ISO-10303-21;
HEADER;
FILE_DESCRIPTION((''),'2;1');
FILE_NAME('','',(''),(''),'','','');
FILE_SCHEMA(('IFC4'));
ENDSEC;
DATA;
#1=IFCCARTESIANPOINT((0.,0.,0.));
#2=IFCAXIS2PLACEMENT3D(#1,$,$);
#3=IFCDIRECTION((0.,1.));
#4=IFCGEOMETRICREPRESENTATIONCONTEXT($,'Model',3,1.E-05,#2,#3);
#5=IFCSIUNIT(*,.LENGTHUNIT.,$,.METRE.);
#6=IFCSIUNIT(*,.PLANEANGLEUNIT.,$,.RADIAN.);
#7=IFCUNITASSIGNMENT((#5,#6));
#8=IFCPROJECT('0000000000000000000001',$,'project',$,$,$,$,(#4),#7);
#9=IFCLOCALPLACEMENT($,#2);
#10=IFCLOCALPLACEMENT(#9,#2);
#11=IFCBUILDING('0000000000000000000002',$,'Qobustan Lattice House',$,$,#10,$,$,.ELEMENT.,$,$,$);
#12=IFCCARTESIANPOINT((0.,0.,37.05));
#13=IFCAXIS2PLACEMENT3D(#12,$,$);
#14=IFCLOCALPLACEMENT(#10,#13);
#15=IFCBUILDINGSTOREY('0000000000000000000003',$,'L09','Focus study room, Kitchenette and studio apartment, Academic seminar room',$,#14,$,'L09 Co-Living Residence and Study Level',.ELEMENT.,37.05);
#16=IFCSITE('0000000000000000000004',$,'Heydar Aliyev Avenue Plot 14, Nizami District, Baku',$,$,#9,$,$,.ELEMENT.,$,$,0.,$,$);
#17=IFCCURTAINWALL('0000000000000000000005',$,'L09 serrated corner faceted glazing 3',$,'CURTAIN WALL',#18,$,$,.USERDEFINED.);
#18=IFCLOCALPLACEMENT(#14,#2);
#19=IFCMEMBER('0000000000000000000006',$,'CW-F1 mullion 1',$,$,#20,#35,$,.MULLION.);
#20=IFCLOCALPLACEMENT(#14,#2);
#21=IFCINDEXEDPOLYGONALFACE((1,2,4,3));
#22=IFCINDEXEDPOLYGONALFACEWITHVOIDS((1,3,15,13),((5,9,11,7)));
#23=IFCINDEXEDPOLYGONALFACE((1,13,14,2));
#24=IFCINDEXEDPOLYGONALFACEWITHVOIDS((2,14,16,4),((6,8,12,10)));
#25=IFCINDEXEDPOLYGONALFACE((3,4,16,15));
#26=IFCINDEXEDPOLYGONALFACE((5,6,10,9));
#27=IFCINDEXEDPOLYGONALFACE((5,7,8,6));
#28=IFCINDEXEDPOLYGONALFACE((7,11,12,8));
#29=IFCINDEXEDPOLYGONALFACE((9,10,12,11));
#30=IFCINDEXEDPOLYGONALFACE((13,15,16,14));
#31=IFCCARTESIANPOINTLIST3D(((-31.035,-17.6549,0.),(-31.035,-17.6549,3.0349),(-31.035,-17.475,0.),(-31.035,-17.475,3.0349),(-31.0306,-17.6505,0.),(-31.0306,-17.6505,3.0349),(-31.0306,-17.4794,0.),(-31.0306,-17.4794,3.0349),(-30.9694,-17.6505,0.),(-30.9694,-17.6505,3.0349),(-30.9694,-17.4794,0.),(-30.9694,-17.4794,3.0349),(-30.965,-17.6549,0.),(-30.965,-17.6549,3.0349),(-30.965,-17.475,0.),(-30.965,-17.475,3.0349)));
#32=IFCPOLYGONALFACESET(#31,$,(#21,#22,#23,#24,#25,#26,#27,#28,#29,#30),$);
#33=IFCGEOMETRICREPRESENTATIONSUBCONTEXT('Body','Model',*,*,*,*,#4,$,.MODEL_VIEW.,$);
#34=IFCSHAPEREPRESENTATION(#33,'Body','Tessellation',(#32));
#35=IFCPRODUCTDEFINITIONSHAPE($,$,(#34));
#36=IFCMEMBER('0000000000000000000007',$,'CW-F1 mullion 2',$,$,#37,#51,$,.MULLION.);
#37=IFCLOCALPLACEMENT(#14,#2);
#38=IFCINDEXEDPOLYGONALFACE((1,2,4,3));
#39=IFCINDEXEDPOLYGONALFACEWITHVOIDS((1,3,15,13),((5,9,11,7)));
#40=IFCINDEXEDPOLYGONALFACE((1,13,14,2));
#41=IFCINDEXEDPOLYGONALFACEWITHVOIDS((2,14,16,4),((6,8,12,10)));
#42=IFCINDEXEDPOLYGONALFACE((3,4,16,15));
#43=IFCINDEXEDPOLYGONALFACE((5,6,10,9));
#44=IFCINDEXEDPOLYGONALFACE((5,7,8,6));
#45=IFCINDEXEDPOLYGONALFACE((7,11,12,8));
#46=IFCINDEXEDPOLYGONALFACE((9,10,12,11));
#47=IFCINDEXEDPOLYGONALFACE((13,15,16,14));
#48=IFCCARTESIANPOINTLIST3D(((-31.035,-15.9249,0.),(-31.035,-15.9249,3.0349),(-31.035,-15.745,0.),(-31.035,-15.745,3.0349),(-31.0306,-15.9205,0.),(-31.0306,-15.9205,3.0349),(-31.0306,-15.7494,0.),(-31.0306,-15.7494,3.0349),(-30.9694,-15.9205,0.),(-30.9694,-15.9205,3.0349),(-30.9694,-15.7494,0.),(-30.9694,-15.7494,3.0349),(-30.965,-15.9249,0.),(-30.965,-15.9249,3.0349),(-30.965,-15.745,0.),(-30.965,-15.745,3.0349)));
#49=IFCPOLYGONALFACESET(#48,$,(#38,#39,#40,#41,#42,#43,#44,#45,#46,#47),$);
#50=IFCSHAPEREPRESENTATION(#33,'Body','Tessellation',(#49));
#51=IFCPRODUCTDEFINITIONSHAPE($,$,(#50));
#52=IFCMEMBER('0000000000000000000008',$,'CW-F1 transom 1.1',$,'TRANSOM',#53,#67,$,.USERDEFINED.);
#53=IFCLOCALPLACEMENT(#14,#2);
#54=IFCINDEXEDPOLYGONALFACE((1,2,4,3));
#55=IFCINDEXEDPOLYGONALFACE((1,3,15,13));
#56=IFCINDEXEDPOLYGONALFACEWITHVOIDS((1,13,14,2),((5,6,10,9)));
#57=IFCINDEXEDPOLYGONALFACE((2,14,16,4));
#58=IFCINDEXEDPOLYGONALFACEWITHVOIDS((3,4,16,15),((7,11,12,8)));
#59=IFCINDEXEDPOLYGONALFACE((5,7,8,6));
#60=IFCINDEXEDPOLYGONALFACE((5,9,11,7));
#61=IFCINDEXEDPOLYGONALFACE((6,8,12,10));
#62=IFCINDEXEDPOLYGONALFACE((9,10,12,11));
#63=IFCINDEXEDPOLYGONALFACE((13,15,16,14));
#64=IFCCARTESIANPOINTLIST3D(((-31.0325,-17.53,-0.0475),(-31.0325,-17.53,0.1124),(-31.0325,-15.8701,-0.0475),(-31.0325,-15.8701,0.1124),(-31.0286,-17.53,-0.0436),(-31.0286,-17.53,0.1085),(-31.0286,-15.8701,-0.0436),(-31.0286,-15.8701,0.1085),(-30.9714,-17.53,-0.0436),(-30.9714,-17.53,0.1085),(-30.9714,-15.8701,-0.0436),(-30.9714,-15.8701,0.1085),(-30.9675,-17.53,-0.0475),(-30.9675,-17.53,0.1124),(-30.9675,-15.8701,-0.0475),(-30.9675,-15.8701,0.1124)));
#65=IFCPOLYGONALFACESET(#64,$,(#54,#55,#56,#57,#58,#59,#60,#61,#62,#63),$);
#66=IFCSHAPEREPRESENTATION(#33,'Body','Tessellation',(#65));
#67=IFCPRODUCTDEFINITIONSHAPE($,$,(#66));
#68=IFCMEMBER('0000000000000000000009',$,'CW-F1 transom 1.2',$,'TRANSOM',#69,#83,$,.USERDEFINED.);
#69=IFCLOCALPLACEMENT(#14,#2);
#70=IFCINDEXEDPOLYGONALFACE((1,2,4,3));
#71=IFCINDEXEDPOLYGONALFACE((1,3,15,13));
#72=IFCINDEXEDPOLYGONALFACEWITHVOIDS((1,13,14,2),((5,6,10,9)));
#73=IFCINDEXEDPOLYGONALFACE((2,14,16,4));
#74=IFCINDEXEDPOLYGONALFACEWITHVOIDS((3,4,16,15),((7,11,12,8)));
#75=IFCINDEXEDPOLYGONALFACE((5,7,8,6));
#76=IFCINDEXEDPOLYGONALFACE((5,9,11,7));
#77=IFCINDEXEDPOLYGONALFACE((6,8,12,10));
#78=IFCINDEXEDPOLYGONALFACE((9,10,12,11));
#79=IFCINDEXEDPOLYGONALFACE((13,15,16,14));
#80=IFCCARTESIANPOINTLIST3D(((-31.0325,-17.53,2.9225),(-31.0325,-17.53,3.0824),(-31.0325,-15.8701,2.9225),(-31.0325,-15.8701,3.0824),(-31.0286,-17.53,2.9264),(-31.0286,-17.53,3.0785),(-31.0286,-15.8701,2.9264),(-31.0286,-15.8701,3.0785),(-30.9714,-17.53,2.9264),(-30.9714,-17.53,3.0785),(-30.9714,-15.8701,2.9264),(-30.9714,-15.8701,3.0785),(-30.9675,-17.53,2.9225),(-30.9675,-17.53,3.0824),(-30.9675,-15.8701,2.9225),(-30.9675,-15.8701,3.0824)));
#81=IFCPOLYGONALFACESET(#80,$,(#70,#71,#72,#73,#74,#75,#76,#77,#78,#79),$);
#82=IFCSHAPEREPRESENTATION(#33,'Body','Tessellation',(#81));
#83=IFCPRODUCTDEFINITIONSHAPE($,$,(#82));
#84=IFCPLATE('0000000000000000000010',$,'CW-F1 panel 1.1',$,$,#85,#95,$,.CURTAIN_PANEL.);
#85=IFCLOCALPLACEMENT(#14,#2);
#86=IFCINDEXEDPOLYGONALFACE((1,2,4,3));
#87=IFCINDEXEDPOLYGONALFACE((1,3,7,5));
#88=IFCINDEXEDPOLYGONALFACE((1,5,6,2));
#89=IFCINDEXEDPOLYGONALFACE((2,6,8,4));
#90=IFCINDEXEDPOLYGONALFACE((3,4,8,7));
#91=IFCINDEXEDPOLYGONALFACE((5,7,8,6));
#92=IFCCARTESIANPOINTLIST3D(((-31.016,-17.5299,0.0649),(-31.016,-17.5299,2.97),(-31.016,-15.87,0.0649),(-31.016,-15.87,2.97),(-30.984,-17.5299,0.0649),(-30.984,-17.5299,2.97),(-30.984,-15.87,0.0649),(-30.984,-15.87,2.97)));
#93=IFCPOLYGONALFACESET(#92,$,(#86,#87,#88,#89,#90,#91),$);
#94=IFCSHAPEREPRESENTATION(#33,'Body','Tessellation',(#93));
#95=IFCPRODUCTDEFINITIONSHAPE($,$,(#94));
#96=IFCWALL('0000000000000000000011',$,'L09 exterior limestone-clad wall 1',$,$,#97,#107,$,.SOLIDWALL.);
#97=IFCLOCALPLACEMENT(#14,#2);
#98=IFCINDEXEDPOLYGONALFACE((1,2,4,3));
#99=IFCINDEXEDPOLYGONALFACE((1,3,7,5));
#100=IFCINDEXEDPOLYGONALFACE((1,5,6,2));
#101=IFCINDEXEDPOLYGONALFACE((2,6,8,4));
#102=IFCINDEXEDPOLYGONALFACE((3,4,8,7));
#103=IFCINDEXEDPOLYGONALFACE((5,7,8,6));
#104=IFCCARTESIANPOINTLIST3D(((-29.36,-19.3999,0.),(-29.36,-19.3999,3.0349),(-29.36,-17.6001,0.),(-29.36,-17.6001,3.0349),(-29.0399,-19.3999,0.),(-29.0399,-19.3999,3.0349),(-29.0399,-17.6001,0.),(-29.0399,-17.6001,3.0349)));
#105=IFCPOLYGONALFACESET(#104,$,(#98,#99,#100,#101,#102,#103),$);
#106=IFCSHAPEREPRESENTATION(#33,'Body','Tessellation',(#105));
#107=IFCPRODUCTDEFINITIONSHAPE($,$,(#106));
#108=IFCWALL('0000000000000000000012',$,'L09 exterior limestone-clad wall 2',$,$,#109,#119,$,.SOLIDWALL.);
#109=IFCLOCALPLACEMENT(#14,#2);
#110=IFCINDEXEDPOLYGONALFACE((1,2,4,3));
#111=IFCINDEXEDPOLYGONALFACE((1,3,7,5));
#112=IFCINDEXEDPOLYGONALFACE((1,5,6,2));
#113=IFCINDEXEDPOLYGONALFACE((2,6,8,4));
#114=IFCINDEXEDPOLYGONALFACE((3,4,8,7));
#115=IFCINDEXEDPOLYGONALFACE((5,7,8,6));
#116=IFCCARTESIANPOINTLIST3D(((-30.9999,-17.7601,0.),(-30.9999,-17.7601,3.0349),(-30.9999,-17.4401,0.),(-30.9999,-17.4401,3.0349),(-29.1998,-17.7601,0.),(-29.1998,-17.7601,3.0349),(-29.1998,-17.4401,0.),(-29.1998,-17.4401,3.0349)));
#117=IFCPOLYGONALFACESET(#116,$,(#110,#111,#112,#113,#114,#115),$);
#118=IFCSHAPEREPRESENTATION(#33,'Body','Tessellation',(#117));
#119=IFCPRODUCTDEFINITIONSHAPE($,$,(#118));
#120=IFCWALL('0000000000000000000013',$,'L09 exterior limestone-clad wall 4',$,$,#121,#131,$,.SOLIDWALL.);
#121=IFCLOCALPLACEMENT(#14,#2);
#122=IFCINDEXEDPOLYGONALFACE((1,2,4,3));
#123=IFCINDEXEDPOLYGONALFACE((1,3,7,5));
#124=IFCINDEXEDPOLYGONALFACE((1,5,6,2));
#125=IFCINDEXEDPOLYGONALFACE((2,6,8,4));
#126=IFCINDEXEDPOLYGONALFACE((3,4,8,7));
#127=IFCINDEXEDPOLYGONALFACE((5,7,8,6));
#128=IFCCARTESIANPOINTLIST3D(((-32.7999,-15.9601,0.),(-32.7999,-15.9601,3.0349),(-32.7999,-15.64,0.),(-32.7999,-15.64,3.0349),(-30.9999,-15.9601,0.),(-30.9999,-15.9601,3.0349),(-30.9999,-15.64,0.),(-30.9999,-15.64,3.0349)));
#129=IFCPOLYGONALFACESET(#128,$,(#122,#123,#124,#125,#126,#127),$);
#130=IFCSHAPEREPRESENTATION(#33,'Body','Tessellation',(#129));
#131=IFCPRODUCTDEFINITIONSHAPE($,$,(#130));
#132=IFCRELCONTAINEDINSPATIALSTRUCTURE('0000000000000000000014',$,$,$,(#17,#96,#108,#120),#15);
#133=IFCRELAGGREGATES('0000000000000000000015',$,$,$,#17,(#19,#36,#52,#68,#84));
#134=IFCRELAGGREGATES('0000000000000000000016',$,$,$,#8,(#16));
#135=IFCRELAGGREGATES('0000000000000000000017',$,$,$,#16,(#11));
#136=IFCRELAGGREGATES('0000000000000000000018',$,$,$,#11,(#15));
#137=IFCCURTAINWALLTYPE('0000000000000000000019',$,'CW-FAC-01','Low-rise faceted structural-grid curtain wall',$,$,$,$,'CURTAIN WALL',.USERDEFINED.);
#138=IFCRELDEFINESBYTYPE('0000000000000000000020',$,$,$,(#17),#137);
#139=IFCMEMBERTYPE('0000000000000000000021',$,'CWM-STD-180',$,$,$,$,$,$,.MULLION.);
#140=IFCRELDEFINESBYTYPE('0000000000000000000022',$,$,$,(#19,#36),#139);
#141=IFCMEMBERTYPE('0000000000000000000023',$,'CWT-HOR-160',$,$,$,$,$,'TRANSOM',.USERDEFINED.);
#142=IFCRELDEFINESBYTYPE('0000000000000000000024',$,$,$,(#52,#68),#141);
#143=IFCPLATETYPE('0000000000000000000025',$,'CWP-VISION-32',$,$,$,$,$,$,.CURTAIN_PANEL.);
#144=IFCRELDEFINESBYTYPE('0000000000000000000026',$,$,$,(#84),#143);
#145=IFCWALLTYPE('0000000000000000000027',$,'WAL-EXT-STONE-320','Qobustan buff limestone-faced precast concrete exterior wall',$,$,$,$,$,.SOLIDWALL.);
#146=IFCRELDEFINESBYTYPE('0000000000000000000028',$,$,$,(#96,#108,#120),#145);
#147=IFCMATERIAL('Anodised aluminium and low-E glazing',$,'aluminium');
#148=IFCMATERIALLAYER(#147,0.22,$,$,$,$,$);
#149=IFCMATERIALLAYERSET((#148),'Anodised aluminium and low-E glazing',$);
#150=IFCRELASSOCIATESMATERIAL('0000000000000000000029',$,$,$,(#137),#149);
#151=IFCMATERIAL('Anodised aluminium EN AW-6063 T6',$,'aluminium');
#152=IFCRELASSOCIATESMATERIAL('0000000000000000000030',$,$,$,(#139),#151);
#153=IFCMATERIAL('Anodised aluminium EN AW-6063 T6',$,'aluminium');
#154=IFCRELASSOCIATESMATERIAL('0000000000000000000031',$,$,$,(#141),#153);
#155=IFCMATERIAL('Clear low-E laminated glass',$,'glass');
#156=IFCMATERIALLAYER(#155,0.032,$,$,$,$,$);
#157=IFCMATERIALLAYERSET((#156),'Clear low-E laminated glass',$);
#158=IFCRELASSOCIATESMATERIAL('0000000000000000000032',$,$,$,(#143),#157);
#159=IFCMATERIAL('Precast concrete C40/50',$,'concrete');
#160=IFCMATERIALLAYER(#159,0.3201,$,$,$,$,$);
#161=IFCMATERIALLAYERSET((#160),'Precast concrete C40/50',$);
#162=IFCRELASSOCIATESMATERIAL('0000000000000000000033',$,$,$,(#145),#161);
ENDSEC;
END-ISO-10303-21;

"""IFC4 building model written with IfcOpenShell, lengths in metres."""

from ifc_helpers import new_model, si_unit, direction, frame, frame_2d, origin, origin_2d, place, context, subcontext, project, spatial, rectangle, hollow_rectangle, extrude, material, layer, layer_set, material_profile, profile_set, type_object, element, aggregate, save


model = new_model("IFC4")

# Units and contexts
model_context = context("Model", 3, precision=1e-05, world=origin(), true_north=direction((0.0, 1.0)))
body_context = subcontext(model_context, "Body", "Model", "MODEL_VIEW")
ifc_project = project(units=[si_unit("LENGTHUNIT", "METRE"), si_unit("PLANEANGLEUNIT", "RADIAN")], contexts=[model_context])

# Site, building, storey
site_placement = place(None, origin())
site = spatial("IfcSite", under=ifc_project, at=site_placement, Name="Heydar Aliyev Avenue Plot 14, Nizami District, Baku", CompositionType="ELEMENT", RefElevation=0.0)
building_placement = place(site_placement, origin())
building = spatial("IfcBuilding", under=site, at=building_placement, Name="Qobustan Lattice House", CompositionType="ELEMENT")
storey_placement = place(building_placement, frame((0.0, 0.0, 37.05)))
storey = spatial("IfcBuildingStorey", under=building, at=storey_placement, Name="L09", Description="Focus study room, Kitchenette and studio apartment, Academic seminar room", LongName="L09 Co-Living Residence and Study Level", CompositionType="ELEMENT", Elevation=37.05)

# Curtain wall, members, plate
ifc_material_1 = material(Name="Anodised aluminium and low-E glazing", Category="aluminium")
ifc_layer_1 = layer(ifc_material_1, 0.22)
ifc_layer_set_1 = layer_set([ifc_layer_1], Name="Anodised aluminium and low-E glazing")
curtain_wall_type = type_object("IfcCurtainWallType", Name="CW-FAC-01", Description="Low-rise faceted structural-grid curtain wall", ElementType="CURTAIN WALL", PredefinedType="USERDEFINED", material=ifc_layer_set_1)
curtain_wall_placement = place(storey_placement, origin())
curtain_wall = element("IfcCurtainWall", 1, at=curtain_wall_placement, inside=storey, type_object=curtain_wall_type, Name="L09 serrated corner faceted glazing 3", ObjectType="CURTAIN WALL", PredefinedType="USERDEFINED")
ifc_material_2 = material(Name="Anodised aluminium EN AW-6063 T6", Category="aluminium")
ifc_material_profile_1 = material_profile(ifc_material_2, hollow_rectangle(XDim=0.0701, YDim=0.1799, WallThickness=0.0044, at=origin_2d()), Name="CWM-180x70")
ifc_profile_set_1 = profile_set([ifc_material_profile_1], Name="Anodised aluminium EN AW-6063 T6")
member_type_1 = type_object("IfcMemberType", Name="CWM-STD-180", PredefinedType="MULLION", material=ifc_profile_set_1)
member_1_placement = place(storey_placement, frame((-31.0, -17.5649, 0.0), z_axis=(0.0, 0.0, 1.0), x_axis=(-1.0, 0.0, 0.0)))
member_1 = element("IfcMember", 2, at=member_1_placement, type_object=member_type_1, Name="CW-F1 mullion 1", PredefinedType="MULLION", context=body_context, shape_type="SweptSolid", body=[
    extrude(hollow_rectangle(XDim=0.0701, YDim=0.1799, WallThickness=0.0044, at=origin_2d()), origin(), (0.0, 0.0, 1.0), 3.0349),
])
member_2_placement = place(storey_placement, frame((-31.0, -15.835, 0.0), z_axis=(0.0, 0.0, 1.0), x_axis=(-1.0, 0.0, 0.0)))
member_2 = element("IfcMember", 3, at=member_2_placement, type_object=member_type_1, Name="CW-F1 mullion 2", PredefinedType="MULLION", context=body_context, shape_type="SweptSolid", body=[
    extrude(hollow_rectangle(XDim=0.0701, YDim=0.1799, WallThickness=0.0044, at=origin_2d()), origin(), (0.0, 0.0, 1.0), 3.0349),
])
ifc_material_3 = material(Name="Anodised aluminium EN AW-6063 T6", Category="aluminium")
ifc_material_profile_2 = material_profile(ifc_material_3, hollow_rectangle(XDim=0.0649, YDim=0.1599, WallThickness=0.0039, at=origin_2d()), Name="CWT-160x65")
ifc_profile_set_2 = profile_set([ifc_material_profile_2], Name="Anodised aluminium EN AW-6063 T6")
member_type_2 = type_object("IfcMemberType", Name="CWT-HOR-160", ElementType="TRANSOM", PredefinedType="USERDEFINED", material=ifc_profile_set_2)
member_3_placement = place(storey_placement, frame((-31.0, -17.53, 0.0325), z_axis=(0.0, 1.0, 0.0), x_axis=(-1.0, 0.0, 0.0)))
member_3 = element("IfcMember", 4, at=member_3_placement, type_object=member_type_2, Name="CW-F1 transom 1.1", ObjectType="TRANSOM", PredefinedType="USERDEFINED", context=body_context, shape_type="SweptSolid", body=[
    extrude(hollow_rectangle(XDim=0.0649, YDim=0.1599, WallThickness=0.0039, at=origin_2d()), origin(), (0.0, 0.0, 1.0), 1.6599),
])
member_4_placement = place(storey_placement, frame((-31.0, -17.53, 3.0024), z_axis=(0.0, 1.0, 0.0), x_axis=(-1.0, 0.0, 0.0)))
member_4 = element("IfcMember", 5, at=member_4_placement, type_object=member_type_2, Name="CW-F1 transom 1.2", ObjectType="TRANSOM", PredefinedType="USERDEFINED", context=body_context, shape_type="SweptSolid", body=[
    extrude(hollow_rectangle(XDim=0.0649, YDim=0.1599, WallThickness=0.0039, at=origin_2d()), origin(), (0.0, 0.0, 1.0), 1.6599),
])
ifc_material_4 = material(Name="Clear low-E laminated glass", Category="glass")
ifc_layer_2 = layer(ifc_material_4, 0.032)
ifc_layer_set_2 = layer_set([ifc_layer_2], Name="Clear low-E laminated glass")
plate_type = type_object("IfcPlateType", Name="CWP-VISION-32", PredefinedType="CURTAIN_PANEL", material=ifc_layer_set_2)
plate_placement = place(storey_placement, frame((-31.0, -16.7, 0.0649), z_axis=(0.0, 0.0, 1.0), x_axis=(0.0, 1.0, 0.0)))
plate = element("IfcPlate", 6, at=plate_placement, type_object=plate_type, Name="CW-F1 panel 1.1", PredefinedType="CURTAIN_PANEL", context=body_context, shape_type="SweptSolid", body=[
    extrude(rectangle(XDim=1.6599, YDim=0.032, at=origin_2d()), origin(), (0.0, 0.0, 1.0), 2.905),
])
aggregate(curtain_wall, [member_1, member_2, member_3, member_4, plate])

# Walls
ifc_material_5 = material(Name="Precast concrete C40/50", Category="concrete")
ifc_layer_3 = layer(ifc_material_5, 0.3201)
ifc_layer_set_3 = layer_set([ifc_layer_3], Name="Precast concrete C40/50")
wall_type = type_object("IfcWallType", Name="WAL-EXT-STONE-320", Description="Qobustan buff limestone-faced precast concrete exterior wall", PredefinedType="SOLIDWALL", material=ifc_layer_set_3)
wall_1_placement = place(storey_placement, frame((-29.2, -19.3999, 0.0), z_axis=(0.0, 0.0, 1.0), x_axis=(0.0, 1.0, 0.0)))
element("IfcWall", 7, at=wall_1_placement, inside=storey, type_object=wall_type, Name="L09 exterior limestone-clad wall 1", PredefinedType="SOLIDWALL", context=body_context, shape_type="SweptSolid", body=[
    extrude(rectangle(XDim=1.7998, YDim=0.3201, at=frame_2d((0.8999, 0.0))), origin(), (0.0, 0.0, 1.0), 3.0349),
])
for number, where, z_axis, x_axis, name in (
    (8, (-29.2, -17.6001, 0.0), (0.0, 0.0, 1.0), (-1.0, 0.0, 0.0), "L09 exterior limestone-clad wall 2"),
    (9, (-31.0, -15.8, 0.0), (0.0, 0.0, 1.0), (-1.0, 0.0, 0.0), "L09 exterior limestone-clad wall 4"),
):
    element("IfcWall", number, at=place(storey_placement, frame(where, z_axis=z_axis, x_axis=x_axis)), inside=storey, type_object=wall_type, Name=name, PredefinedType="SOLIDWALL", context=body_context, shape_type="SweptSolid", body=[
        extrude(rectangle(XDim=1.8, YDim=0.3201, at=frame_2d((0.8999, 0.0))), origin(), (0.0, 0.0, 1.0), 3.0349),
    ])

save(model, "model.ifc")
